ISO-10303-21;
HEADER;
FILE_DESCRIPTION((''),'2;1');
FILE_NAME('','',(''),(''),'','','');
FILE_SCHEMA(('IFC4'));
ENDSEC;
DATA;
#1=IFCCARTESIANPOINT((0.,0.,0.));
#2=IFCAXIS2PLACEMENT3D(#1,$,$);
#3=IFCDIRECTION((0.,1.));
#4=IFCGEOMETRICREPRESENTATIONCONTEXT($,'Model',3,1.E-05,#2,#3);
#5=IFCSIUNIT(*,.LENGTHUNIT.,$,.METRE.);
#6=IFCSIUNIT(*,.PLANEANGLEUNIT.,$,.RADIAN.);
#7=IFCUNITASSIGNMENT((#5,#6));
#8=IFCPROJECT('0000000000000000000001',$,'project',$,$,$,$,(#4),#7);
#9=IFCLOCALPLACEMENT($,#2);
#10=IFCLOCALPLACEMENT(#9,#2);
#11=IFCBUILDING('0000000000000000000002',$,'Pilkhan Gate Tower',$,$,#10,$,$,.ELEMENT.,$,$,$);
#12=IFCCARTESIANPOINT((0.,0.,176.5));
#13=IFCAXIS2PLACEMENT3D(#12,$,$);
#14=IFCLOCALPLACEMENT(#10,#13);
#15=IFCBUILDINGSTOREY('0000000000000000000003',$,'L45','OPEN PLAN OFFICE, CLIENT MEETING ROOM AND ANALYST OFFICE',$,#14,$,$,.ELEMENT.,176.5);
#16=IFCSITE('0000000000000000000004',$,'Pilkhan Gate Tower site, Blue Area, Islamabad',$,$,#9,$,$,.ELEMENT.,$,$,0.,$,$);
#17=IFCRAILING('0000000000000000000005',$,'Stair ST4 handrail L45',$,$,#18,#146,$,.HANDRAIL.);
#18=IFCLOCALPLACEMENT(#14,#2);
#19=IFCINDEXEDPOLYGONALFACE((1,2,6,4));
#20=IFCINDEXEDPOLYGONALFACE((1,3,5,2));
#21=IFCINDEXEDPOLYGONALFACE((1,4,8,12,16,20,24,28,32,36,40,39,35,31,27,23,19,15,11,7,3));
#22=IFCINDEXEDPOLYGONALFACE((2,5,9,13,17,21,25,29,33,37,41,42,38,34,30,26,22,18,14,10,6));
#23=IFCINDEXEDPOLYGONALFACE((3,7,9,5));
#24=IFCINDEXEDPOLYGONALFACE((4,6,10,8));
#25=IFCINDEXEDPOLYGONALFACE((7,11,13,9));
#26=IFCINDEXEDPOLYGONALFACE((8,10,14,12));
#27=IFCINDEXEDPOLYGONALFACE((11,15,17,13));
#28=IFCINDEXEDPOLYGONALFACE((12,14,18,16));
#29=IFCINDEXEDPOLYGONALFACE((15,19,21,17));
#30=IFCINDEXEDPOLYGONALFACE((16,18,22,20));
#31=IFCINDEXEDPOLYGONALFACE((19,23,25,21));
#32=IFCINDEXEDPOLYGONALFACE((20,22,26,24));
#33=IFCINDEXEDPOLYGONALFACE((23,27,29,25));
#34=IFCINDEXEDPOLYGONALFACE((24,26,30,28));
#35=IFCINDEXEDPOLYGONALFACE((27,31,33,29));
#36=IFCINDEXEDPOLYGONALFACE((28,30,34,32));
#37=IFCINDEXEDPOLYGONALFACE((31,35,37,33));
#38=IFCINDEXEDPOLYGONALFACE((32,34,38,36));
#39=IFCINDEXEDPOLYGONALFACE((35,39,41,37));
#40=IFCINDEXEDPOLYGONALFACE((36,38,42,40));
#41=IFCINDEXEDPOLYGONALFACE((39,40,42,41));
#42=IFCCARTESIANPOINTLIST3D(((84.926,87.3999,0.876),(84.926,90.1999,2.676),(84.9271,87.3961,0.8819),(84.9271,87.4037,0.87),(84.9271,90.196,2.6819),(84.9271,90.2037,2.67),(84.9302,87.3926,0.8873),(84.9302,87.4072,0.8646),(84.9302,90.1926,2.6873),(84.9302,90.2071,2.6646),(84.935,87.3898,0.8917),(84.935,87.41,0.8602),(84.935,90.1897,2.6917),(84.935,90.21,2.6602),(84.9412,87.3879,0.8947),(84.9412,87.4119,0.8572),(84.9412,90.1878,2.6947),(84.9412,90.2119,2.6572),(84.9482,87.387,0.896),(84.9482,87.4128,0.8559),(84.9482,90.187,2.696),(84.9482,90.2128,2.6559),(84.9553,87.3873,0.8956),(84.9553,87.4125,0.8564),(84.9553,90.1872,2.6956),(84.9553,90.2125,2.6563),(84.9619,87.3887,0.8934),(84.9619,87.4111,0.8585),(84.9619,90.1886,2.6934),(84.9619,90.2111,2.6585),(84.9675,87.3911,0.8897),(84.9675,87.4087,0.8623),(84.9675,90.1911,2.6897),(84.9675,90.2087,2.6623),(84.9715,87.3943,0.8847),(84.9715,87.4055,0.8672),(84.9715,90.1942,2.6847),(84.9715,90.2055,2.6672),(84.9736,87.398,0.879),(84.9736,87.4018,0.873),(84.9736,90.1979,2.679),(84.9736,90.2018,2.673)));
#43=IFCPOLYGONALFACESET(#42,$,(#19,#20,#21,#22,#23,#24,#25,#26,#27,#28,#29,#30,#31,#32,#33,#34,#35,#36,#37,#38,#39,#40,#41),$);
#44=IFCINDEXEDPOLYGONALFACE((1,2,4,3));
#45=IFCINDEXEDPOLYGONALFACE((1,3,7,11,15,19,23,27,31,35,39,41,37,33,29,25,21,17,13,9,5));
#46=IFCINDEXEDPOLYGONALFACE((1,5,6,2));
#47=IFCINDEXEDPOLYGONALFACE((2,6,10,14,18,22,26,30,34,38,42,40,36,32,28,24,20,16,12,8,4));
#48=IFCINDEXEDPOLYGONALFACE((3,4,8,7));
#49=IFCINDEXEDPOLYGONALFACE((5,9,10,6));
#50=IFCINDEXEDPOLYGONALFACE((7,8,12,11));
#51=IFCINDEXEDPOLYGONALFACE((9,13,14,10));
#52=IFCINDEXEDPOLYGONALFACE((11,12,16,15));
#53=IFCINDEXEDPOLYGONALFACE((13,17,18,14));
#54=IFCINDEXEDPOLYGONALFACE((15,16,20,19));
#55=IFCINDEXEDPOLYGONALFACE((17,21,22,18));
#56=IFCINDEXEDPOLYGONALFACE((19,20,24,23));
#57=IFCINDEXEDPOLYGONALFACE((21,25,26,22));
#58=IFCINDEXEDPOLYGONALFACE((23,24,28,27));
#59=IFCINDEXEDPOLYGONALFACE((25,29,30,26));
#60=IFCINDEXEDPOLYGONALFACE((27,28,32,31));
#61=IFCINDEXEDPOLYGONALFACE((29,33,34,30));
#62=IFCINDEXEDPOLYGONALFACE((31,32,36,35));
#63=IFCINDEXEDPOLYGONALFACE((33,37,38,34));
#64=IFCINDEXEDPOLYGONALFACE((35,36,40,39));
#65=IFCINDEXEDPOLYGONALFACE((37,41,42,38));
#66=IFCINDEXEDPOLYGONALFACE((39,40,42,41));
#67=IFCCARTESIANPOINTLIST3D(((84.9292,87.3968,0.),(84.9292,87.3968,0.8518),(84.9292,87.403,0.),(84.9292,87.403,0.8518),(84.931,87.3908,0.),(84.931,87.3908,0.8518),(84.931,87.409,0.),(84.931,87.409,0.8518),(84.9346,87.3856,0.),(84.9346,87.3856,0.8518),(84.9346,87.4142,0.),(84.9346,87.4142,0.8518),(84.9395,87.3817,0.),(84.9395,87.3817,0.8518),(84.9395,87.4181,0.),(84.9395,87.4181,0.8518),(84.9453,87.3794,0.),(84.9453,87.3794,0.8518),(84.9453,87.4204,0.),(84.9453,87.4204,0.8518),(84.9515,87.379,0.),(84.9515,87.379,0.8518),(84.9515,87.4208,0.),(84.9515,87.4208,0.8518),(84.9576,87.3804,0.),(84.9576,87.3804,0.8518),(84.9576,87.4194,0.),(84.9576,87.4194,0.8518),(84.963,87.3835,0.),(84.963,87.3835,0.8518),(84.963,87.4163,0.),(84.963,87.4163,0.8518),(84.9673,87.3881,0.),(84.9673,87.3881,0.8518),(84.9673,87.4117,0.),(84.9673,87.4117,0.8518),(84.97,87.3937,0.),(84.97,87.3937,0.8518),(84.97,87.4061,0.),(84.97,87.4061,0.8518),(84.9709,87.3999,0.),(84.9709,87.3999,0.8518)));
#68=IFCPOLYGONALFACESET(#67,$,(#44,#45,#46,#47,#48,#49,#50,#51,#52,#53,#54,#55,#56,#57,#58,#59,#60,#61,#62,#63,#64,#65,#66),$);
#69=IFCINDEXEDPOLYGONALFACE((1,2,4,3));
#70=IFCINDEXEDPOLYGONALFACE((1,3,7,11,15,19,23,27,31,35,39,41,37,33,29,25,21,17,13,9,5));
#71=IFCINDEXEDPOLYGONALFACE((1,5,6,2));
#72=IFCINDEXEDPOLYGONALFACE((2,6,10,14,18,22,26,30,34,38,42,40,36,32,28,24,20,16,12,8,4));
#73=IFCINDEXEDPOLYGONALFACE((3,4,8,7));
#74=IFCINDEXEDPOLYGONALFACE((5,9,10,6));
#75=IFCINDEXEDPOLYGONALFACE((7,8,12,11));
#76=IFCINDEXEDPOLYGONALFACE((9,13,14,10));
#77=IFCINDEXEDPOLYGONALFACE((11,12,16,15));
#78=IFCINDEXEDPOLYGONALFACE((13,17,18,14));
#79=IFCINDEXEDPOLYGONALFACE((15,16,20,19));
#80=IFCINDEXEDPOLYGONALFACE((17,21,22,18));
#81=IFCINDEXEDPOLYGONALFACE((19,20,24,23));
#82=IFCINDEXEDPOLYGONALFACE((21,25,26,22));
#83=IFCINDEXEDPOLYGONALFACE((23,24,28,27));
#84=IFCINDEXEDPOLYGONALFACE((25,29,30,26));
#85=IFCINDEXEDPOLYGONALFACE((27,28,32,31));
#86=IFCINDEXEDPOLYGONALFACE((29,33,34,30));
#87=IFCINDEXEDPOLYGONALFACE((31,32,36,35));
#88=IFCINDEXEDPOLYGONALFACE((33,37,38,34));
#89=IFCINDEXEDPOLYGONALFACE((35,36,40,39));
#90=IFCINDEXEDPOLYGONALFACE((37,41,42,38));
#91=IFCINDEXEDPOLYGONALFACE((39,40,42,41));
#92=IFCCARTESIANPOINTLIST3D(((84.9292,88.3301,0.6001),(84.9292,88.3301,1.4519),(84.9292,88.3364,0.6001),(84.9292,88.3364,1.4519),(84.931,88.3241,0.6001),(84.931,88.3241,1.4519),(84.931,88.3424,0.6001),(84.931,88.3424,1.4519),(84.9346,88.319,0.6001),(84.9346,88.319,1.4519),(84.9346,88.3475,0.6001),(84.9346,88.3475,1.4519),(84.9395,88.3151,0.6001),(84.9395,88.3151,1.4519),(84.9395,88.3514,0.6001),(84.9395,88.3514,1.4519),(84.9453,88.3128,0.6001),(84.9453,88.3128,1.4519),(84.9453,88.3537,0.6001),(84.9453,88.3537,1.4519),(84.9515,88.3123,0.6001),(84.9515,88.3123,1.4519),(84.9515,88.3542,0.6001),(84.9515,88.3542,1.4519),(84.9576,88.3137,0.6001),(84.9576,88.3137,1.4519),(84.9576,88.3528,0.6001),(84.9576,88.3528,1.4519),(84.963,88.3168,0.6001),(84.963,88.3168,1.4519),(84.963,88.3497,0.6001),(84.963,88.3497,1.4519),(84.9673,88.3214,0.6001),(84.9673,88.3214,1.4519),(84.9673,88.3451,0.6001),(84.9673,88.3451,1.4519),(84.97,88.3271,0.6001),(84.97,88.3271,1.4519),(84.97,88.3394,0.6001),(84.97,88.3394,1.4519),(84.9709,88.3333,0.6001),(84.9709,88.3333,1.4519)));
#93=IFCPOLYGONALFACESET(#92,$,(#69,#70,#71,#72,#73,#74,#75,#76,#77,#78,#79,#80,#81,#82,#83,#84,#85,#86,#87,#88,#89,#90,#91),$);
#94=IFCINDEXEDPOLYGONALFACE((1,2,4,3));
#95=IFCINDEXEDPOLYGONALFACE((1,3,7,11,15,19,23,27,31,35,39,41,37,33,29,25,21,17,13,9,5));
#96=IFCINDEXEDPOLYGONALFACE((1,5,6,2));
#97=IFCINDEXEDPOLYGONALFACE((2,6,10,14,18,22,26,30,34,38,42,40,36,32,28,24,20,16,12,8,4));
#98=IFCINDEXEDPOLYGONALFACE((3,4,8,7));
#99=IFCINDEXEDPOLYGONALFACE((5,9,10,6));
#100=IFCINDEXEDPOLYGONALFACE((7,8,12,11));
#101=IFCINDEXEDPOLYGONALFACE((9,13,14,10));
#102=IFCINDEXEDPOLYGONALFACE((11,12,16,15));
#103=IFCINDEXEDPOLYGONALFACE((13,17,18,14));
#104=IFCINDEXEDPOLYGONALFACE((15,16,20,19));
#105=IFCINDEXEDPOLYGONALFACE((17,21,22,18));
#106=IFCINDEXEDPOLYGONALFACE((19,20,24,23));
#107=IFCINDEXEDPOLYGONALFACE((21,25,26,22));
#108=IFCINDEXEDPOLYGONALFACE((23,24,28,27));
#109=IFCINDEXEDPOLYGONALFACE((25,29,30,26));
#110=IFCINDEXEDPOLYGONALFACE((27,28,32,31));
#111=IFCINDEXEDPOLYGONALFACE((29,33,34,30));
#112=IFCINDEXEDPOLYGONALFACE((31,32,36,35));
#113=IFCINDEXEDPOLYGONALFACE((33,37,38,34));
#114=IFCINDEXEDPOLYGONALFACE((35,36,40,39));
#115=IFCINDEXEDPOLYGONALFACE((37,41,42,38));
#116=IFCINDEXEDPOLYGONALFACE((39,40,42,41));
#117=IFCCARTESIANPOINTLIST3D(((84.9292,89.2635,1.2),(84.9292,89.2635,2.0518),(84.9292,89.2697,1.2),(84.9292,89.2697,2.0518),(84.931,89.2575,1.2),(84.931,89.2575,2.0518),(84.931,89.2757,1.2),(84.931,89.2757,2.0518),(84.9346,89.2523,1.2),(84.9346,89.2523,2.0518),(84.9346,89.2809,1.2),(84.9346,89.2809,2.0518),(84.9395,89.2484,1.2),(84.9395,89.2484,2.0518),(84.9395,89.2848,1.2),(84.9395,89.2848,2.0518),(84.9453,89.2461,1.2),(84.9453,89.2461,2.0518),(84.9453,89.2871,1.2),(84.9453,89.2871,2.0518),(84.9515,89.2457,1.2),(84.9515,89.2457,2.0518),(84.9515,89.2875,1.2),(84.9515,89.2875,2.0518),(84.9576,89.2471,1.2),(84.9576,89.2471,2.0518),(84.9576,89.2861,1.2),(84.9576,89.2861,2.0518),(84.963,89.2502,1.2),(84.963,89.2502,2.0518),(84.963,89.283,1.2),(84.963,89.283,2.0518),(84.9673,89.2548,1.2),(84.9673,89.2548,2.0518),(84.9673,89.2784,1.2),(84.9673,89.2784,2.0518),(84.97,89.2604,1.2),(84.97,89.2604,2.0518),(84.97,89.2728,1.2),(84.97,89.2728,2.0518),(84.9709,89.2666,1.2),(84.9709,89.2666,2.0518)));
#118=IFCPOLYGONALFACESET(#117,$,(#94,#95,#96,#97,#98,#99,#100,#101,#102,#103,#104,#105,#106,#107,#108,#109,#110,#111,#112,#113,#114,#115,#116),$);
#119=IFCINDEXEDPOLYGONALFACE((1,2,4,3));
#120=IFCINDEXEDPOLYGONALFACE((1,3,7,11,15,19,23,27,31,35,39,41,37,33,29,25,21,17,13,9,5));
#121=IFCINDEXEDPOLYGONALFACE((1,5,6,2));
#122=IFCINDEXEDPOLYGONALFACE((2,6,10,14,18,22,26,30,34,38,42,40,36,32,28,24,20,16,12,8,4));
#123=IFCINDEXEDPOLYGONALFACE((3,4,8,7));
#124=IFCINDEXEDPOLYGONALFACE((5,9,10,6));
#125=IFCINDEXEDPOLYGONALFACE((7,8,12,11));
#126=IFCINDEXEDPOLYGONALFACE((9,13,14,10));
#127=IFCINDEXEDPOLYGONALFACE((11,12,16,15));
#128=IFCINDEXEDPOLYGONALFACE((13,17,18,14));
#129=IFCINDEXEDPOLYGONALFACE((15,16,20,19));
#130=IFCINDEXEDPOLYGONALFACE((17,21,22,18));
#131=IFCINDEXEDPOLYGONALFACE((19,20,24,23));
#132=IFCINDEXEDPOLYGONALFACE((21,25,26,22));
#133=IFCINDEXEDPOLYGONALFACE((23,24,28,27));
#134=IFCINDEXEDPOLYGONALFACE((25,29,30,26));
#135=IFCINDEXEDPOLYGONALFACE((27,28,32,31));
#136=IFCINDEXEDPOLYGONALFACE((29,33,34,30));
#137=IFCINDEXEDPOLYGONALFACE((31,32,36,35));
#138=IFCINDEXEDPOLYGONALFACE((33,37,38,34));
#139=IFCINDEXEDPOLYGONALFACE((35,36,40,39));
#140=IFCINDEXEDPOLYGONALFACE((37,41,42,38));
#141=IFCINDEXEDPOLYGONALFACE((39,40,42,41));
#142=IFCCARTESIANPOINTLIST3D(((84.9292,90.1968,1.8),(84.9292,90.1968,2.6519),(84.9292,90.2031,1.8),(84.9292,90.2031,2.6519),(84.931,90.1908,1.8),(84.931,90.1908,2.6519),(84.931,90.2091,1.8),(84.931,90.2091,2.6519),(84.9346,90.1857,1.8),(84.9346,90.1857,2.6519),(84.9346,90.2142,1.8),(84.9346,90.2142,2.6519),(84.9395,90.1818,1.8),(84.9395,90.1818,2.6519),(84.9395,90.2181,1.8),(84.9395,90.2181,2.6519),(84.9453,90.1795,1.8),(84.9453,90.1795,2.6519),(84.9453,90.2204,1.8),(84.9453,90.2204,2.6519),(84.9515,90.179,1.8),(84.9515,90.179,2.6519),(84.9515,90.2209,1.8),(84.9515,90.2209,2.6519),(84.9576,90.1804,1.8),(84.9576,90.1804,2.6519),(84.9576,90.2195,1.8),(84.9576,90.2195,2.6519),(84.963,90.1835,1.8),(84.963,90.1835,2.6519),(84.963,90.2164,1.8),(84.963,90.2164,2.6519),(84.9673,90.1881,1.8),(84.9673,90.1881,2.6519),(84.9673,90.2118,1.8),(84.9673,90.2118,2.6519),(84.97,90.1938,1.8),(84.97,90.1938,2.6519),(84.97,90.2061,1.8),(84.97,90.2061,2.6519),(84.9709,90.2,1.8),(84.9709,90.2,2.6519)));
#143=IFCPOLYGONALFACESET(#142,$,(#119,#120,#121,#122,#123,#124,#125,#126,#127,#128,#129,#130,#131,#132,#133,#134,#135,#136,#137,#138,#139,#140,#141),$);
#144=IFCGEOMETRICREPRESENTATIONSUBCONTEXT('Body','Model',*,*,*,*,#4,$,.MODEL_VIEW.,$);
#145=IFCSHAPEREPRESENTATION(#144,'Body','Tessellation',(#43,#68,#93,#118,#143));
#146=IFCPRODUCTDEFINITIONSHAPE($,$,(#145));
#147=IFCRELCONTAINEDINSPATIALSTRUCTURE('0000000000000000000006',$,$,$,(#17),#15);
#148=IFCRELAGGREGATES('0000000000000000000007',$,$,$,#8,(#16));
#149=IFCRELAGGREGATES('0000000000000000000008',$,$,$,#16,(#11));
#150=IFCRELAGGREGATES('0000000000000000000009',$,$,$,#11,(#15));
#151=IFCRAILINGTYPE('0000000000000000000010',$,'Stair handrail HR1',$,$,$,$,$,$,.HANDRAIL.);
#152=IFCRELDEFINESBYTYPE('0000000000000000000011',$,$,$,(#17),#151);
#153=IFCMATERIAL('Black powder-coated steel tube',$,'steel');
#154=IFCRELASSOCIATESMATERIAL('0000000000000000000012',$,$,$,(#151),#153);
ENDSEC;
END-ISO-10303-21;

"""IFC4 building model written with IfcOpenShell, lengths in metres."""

from ifc_helpers import new_model, si_unit, direction, frame, origin, origin_2d, place, context, subcontext, project, spatial, circle, extrude, material, type_object, element, save


model = new_model("IFC4")

# Units and contexts
model_context = context("Model", 3, precision=1e-05, world=origin(), true_north=direction((0.0, 1.0)))
body_context = subcontext(model_context, "Body", "Model", "MODEL_VIEW")
ifc_project = project(units=[si_unit("LENGTHUNIT", "METRE"), si_unit("PLANEANGLEUNIT", "RADIAN")], contexts=[model_context])

# Site, building, storey
site_placement = place(None, origin())
site = spatial("IfcSite", under=ifc_project, at=site_placement, Name="Pilkhan Gate Tower site, Blue Area, Islamabad", CompositionType="ELEMENT", RefElevation=0.0)
building_placement = place(site_placement, origin())
building = spatial("IfcBuilding", under=site, at=building_placement, Name="Pilkhan Gate Tower", CompositionType="ELEMENT")
storey_placement = place(building_placement, frame((0.0, 0.0, 176.5)))
storey = spatial("IfcBuildingStorey", under=building, at=storey_placement, Name="L45", Description="OPEN PLAN OFFICE, CLIENT MEETING ROOM AND ANALYST OFFICE", CompositionType="ELEMENT", Elevation=176.5)

# Railing
ifc_material_1 = material(Name="Black powder-coated steel tube", Category="steel")
railing_type_1 = type_object("IfcRailingType", Name="Stair handrail HR1", PredefinedType="HANDRAIL", material=ifc_material_1)
railing_1_placement = place(storey_placement, frame((84.95, 87.3999, 0.0)))
element("IfcRailing", 1, at=railing_1_placement, inside=storey, type_object=railing_type_1, Name="Stair ST4 handrail L45", PredefinedType="HANDRAIL", context=body_context, shape_type="SweptSolid", body=[
    extrude(circle(Radius=0.0239, at=origin_2d()), frame((0.0, 0.0, 0.876), z_axis=(0.0, 0.841176, 0.540761), x_axis=(-1.0, 0.0, 0.0)), (0.0, 0.0, 1.0), 3.3286),
    extrude(circle(Radius=0.021, at=origin_2d()), origin(), (0.0, 0.0, 1.0), 0.8518),
    extrude(circle(Radius=0.021, at=origin_2d()), frame((0.0, 0.9333, 0.6001)), (0.0, 0.0, 1.0), 0.8518),
    extrude(circle(Radius=0.021, at=origin_2d()), frame((0.0, 1.8667, 1.2)), (0.0, 0.0, 1.0), 0.8518),
    extrude(circle(Radius=0.021, at=origin_2d()), frame((0.0, 2.8, 1.8)), (0.0, 0.0, 1.0), 0.8518),
])

save(model, "model.ifc")
